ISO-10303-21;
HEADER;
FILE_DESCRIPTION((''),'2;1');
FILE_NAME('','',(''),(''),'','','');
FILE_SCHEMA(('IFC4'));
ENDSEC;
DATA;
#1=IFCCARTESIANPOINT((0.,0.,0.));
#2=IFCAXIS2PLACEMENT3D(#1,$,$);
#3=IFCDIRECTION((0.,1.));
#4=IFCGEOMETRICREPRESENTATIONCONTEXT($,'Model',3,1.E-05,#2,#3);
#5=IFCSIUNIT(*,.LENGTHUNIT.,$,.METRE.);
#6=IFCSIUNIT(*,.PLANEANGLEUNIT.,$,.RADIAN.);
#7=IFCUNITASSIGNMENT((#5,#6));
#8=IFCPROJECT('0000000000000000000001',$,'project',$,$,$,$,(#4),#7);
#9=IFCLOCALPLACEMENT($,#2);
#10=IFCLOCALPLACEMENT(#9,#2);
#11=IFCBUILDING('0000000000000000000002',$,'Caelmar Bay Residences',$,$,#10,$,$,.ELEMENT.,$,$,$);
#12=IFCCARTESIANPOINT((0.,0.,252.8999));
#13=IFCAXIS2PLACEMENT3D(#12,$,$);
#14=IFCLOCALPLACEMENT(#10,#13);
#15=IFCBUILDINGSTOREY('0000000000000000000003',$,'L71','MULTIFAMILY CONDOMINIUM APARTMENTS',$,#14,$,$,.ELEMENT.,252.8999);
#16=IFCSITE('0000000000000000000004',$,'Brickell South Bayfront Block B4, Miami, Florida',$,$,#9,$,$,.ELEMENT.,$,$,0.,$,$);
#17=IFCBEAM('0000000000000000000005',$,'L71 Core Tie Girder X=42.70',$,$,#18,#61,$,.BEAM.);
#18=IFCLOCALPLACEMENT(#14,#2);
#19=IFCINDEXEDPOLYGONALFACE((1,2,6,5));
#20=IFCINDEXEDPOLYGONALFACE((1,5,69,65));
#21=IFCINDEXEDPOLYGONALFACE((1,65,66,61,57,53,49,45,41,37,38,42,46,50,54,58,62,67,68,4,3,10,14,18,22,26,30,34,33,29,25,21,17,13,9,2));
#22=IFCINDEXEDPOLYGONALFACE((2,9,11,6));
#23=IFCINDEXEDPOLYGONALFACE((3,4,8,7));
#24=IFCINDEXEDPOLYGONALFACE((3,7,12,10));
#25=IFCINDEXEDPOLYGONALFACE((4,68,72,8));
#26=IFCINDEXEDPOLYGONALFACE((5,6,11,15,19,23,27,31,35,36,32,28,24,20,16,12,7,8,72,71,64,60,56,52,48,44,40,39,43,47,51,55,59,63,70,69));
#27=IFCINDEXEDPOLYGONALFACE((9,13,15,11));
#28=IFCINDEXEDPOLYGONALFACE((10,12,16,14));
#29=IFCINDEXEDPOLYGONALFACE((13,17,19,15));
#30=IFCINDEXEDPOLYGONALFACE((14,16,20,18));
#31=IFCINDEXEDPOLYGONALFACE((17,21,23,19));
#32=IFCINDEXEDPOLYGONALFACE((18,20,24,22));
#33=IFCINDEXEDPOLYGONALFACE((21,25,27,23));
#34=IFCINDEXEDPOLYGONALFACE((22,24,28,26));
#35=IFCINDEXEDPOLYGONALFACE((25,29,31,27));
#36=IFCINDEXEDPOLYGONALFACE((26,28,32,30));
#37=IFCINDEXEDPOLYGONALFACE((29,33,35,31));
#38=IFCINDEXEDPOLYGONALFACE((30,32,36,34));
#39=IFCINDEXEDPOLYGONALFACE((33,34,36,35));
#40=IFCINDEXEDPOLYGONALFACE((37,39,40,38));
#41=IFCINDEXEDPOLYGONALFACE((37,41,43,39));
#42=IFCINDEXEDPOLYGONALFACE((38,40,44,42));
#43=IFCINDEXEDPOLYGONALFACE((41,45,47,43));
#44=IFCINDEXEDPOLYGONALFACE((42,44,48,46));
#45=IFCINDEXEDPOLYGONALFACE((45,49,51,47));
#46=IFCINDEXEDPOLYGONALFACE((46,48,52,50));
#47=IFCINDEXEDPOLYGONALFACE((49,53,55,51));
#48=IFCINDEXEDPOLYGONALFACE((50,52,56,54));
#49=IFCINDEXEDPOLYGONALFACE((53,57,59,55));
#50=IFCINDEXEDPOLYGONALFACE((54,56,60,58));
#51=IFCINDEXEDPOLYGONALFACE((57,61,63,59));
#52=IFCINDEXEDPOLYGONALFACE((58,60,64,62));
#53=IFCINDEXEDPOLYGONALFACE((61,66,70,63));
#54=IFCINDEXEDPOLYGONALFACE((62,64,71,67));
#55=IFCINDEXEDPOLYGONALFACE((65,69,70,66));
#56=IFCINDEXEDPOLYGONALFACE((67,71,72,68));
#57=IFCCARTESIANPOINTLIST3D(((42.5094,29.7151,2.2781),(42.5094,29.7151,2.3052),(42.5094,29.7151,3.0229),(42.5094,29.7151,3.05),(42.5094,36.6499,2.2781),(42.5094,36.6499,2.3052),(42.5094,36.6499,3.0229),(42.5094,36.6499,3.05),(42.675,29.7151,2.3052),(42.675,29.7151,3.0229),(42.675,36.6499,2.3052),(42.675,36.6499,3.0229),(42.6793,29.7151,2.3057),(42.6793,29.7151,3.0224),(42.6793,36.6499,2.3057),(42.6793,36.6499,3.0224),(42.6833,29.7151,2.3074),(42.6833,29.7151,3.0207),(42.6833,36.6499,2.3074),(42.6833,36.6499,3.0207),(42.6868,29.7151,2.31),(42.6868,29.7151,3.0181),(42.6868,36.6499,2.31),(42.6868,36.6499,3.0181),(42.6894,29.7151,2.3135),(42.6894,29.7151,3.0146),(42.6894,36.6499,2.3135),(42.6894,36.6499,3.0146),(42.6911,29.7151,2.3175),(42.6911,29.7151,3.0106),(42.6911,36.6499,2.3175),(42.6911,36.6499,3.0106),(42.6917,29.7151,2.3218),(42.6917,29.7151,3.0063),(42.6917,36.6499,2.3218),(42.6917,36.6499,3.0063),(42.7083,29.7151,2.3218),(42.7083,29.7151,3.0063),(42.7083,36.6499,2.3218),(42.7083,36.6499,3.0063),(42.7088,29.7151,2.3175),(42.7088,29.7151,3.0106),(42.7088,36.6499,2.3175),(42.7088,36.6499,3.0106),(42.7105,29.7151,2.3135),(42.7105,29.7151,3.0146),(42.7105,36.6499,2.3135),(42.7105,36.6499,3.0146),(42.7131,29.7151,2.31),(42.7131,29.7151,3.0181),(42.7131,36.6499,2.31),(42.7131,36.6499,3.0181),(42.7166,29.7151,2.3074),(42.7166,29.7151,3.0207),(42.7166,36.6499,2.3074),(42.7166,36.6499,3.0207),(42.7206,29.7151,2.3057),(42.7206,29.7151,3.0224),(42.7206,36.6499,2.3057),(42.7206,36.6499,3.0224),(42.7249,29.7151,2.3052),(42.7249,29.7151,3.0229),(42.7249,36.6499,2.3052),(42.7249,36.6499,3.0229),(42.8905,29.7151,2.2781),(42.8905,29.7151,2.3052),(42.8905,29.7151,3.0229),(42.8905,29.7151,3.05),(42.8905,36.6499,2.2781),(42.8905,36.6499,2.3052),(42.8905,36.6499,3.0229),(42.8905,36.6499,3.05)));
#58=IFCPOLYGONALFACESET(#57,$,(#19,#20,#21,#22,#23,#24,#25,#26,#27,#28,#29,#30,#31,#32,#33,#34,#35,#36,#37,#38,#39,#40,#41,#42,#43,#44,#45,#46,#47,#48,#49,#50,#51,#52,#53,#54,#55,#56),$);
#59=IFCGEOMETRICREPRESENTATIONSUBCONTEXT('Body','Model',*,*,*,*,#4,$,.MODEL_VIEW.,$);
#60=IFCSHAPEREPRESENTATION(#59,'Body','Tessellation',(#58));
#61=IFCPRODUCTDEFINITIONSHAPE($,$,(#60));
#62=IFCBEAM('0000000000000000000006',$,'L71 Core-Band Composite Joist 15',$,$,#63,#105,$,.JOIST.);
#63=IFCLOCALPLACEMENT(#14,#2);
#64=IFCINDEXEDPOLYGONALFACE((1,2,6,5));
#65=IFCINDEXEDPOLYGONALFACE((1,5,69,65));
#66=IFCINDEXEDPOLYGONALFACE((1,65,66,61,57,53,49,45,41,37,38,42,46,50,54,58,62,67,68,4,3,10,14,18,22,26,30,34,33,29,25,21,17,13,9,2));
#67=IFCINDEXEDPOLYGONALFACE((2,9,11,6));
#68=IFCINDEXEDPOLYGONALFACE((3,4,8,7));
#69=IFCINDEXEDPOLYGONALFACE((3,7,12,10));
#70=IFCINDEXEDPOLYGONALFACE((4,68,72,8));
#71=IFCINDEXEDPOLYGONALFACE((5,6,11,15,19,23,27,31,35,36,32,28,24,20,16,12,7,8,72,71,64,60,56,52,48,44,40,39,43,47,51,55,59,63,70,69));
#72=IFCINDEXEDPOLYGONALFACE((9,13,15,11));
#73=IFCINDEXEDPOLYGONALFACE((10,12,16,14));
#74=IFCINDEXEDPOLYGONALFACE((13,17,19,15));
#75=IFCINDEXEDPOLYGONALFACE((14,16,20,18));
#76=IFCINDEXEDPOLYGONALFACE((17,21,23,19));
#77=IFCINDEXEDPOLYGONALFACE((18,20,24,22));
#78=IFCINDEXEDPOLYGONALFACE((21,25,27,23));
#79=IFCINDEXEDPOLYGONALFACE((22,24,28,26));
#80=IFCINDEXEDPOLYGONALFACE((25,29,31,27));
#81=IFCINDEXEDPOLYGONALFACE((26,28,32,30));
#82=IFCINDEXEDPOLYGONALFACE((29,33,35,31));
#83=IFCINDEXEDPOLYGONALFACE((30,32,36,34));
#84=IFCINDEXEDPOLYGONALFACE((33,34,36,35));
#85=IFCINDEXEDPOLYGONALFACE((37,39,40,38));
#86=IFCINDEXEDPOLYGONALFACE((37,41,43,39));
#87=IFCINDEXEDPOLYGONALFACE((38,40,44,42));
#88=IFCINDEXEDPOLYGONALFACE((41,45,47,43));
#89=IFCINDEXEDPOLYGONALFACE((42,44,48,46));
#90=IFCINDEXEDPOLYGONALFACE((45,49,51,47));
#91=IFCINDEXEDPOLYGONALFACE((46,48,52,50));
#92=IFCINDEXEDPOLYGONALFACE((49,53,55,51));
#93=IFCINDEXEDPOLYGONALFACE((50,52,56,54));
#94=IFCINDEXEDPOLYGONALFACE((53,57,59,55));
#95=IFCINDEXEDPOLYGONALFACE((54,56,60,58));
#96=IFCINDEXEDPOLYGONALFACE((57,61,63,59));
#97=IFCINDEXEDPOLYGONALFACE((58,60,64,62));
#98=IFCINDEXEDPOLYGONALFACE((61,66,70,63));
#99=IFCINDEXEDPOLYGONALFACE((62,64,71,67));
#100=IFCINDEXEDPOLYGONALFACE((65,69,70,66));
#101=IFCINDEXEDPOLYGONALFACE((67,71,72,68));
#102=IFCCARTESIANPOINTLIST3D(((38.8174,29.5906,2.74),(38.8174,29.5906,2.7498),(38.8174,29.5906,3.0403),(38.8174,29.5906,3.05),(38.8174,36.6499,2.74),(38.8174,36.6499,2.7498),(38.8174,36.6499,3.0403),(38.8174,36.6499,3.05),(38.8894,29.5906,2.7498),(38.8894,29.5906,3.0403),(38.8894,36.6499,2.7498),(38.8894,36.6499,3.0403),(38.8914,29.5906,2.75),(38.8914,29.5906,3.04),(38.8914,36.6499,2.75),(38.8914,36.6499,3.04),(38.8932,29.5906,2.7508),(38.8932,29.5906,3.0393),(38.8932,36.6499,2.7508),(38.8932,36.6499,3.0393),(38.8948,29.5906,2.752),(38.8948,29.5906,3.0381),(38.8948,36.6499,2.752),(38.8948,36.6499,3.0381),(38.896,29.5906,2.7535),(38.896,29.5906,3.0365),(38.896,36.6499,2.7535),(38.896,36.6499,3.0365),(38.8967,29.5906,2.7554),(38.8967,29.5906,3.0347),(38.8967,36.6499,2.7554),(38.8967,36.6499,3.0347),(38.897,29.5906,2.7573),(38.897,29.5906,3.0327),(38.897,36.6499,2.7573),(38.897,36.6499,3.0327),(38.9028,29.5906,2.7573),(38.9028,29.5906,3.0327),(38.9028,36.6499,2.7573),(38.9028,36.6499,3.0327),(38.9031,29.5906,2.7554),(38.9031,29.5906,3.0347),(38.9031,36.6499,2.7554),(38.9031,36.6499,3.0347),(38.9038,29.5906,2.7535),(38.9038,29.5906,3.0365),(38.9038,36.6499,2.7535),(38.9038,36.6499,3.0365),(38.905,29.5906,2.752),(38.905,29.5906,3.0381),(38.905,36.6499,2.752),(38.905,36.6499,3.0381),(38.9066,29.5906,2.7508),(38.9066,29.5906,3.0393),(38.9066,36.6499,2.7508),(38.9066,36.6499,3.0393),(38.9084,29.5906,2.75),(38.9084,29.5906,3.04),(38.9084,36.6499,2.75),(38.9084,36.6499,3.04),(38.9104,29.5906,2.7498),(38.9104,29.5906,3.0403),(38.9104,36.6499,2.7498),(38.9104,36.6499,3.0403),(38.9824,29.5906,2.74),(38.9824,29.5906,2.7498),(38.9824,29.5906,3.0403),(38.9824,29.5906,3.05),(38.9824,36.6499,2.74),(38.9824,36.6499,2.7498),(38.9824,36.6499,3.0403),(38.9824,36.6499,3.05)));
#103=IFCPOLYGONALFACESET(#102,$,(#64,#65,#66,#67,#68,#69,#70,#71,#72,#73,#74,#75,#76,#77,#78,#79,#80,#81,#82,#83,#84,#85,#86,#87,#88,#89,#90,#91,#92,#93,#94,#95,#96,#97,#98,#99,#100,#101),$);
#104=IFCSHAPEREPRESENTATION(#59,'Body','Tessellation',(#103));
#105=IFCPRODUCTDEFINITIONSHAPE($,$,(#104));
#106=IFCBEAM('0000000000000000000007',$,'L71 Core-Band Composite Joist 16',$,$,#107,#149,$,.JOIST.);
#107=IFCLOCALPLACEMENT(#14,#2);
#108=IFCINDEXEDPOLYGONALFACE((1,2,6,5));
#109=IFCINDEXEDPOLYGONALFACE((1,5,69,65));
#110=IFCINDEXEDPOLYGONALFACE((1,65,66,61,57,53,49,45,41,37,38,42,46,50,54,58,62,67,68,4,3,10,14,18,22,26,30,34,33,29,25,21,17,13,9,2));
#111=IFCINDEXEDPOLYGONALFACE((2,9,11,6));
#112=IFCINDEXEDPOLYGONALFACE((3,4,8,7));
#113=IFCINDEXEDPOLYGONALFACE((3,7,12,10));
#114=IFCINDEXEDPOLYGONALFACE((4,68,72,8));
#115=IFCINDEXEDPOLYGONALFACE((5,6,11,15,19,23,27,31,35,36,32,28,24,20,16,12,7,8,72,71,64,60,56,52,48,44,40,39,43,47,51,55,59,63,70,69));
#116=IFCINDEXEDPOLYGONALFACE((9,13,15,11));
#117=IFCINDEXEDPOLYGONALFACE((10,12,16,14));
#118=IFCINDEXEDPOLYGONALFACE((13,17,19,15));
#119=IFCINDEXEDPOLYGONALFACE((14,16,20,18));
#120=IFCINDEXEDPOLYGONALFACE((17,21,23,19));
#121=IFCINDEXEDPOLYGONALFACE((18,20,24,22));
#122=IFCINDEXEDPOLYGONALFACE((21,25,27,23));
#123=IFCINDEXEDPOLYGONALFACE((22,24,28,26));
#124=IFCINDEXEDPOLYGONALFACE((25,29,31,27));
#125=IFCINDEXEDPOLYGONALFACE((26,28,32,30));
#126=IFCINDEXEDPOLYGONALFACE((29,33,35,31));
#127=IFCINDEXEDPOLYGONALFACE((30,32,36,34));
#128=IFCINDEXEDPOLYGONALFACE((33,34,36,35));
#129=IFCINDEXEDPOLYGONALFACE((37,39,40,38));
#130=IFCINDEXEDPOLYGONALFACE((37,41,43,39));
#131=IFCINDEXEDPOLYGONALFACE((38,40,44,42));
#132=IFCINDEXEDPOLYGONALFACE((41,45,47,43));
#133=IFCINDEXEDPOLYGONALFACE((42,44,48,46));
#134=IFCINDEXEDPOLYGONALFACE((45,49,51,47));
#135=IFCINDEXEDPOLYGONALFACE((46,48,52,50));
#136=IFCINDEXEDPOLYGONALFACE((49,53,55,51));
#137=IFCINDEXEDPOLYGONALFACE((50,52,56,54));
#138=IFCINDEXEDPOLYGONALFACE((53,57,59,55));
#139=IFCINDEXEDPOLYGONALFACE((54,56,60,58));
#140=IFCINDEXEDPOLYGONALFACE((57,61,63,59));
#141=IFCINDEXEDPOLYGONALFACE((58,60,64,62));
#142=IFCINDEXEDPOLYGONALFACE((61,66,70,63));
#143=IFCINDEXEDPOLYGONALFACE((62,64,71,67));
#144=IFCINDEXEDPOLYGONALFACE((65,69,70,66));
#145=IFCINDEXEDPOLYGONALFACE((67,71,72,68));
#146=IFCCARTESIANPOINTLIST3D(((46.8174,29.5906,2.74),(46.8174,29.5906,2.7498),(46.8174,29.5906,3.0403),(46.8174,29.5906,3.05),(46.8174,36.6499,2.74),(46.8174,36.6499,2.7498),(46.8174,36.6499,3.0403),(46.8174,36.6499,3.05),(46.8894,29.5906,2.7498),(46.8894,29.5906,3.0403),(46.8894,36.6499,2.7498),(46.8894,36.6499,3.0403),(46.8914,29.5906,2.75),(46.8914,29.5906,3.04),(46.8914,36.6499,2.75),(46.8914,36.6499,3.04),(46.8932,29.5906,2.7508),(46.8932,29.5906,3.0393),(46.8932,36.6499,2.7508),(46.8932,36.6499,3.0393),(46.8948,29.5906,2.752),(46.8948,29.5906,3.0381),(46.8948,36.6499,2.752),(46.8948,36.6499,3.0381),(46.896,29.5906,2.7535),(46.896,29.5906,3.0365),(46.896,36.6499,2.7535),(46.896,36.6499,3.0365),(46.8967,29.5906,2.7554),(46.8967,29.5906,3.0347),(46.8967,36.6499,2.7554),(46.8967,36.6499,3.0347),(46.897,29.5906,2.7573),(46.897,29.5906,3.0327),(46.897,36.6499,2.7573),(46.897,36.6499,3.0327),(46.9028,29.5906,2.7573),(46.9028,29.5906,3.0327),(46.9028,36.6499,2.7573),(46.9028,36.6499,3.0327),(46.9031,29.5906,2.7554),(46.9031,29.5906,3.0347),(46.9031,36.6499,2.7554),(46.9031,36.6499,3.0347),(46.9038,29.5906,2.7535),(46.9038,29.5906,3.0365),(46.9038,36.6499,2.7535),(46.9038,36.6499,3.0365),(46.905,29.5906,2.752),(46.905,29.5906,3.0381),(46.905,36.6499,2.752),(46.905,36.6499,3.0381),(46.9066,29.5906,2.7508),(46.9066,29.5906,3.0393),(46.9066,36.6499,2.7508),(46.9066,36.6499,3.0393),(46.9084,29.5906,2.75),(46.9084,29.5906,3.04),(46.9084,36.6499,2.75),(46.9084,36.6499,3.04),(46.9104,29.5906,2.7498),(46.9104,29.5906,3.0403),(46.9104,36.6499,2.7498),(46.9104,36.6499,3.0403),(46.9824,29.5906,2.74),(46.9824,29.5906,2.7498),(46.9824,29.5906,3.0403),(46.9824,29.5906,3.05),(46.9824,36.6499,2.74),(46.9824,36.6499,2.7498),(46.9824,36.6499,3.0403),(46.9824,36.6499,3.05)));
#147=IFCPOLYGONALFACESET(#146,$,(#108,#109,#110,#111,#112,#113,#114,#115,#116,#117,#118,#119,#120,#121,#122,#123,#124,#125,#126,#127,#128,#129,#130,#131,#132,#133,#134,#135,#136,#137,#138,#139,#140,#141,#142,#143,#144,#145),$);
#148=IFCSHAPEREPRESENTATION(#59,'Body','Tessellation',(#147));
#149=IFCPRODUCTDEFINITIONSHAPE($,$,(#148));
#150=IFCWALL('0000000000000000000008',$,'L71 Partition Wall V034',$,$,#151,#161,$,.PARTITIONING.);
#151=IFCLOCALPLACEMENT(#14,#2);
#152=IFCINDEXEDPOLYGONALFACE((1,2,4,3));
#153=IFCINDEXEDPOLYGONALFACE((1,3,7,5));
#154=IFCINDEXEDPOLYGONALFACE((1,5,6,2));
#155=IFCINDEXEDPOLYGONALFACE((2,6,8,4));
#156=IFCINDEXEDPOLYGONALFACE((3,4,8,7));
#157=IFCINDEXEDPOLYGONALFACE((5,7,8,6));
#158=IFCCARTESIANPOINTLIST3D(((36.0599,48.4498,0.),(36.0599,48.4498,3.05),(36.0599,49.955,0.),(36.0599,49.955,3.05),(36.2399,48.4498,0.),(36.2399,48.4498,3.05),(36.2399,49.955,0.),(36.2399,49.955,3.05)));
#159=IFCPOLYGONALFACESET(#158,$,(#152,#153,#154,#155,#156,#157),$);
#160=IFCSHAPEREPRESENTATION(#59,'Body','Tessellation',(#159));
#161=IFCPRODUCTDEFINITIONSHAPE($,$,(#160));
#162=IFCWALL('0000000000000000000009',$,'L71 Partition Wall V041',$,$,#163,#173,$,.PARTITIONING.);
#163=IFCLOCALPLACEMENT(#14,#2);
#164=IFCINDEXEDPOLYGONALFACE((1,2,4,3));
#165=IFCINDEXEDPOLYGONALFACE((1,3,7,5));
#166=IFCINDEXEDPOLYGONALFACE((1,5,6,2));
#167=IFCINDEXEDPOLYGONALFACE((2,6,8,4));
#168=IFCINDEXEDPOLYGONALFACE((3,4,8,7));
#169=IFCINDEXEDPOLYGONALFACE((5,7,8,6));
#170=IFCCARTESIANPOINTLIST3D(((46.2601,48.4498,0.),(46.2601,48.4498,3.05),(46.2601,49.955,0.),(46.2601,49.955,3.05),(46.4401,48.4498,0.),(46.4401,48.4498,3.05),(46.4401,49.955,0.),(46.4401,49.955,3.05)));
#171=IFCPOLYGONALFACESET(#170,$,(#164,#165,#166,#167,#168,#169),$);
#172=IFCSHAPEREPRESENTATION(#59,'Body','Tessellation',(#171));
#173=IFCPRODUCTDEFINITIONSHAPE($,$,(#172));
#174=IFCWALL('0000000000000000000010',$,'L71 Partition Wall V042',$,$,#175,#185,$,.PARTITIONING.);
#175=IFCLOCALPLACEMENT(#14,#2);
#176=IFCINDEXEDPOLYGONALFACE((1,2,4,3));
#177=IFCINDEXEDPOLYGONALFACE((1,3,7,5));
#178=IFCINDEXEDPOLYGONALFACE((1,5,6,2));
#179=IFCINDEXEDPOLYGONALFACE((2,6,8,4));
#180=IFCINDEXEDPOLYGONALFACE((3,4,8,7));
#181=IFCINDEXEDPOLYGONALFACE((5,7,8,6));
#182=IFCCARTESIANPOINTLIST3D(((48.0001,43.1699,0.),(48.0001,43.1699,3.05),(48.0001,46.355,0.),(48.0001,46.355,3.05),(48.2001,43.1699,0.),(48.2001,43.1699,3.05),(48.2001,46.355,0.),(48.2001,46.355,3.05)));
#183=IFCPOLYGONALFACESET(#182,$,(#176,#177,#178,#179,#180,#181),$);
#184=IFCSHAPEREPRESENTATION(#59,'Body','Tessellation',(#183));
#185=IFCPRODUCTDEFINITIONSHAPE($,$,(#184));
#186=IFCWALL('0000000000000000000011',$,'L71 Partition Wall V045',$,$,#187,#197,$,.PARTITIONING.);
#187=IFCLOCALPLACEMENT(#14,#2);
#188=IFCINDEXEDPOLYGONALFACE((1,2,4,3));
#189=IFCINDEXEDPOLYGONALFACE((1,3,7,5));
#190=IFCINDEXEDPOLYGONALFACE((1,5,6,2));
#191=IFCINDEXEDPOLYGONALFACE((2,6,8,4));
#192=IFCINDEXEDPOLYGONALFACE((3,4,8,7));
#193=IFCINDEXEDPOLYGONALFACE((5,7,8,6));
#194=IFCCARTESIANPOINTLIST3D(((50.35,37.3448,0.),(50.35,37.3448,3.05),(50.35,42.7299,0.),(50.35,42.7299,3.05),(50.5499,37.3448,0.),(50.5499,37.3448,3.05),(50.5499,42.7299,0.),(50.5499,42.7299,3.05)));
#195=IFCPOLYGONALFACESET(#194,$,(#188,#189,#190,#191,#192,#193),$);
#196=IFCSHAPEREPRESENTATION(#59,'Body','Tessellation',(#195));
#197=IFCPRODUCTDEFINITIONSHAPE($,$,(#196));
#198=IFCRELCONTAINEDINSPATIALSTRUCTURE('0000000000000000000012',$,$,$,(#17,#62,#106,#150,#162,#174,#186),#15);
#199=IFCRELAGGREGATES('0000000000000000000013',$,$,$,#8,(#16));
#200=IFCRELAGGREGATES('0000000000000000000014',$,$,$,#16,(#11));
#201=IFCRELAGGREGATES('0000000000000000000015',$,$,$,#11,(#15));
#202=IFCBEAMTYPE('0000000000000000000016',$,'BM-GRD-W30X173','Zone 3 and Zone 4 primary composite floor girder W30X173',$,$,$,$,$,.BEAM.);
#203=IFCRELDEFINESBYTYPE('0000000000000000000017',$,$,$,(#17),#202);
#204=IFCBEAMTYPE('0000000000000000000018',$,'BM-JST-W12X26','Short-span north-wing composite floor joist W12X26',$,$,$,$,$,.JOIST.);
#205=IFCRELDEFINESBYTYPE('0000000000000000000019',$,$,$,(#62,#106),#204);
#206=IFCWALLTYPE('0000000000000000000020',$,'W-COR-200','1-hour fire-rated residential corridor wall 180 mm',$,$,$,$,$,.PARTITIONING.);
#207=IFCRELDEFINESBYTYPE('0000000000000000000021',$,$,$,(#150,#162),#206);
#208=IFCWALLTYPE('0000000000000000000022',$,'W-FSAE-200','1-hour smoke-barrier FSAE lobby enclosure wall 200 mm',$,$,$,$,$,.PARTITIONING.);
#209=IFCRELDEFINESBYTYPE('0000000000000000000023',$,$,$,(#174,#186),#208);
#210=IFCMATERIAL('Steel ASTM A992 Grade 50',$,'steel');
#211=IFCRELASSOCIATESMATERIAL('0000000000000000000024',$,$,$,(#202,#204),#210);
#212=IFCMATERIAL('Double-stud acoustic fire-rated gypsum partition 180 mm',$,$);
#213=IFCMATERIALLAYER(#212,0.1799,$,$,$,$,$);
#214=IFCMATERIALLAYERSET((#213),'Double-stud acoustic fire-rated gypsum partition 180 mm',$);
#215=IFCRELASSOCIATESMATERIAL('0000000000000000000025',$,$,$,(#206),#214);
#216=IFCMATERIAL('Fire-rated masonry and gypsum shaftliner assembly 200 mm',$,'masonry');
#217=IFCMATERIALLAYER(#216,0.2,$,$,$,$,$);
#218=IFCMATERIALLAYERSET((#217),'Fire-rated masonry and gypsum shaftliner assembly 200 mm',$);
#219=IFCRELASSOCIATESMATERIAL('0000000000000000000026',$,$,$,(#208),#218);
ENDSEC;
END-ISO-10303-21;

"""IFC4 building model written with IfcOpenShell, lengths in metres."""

from ifc_helpers import new_model, si_unit, direction, frame, frame_2d, origin, origin_2d, place, context, subcontext, project, spatial, rectangle, i_section, extrude, material, layer, layer_set, material_profile, profile_set, type_object, element, save


model = new_model("IFC4")

# Units and contexts
model_context = context("Model", 3, precision=1e-05, world=origin(), true_north=direction((0.0, 1.0)))
body_context = subcontext(model_context, "Body", "Model", "MODEL_VIEW")
ifc_project = project(units=[si_unit("LENGTHUNIT", "METRE"), si_unit("PLANEANGLEUNIT", "RADIAN")], contexts=[model_context])

# Site, building, storey
site_placement = place(None, origin())
site = spatial("IfcSite", under=ifc_project, at=site_placement, Name="Brickell South Bayfront Block B4, Miami, Florida", CompositionType="ELEMENT", RefElevation=0.0)
building_placement = place(site_placement, origin())
building = spatial("IfcBuilding", under=site, at=building_placement, Name="Caelmar Bay Residences", CompositionType="ELEMENT")
storey_placement = place(building_placement, frame((0.0, 0.0, 252.8999)))
storey = spatial("IfcBuildingStorey", under=building, at=storey_placement, Name="L71", Description="MULTIFAMILY CONDOMINIUM APARTMENTS", CompositionType="ELEMENT", Elevation=252.8999)

# Beams
ifc_material_1 = material(Name="Steel ASTM A992 Grade 50", Category="steel")
ifc_material_profile_1 = material_profile(ifc_material_1, i_section(OverallWidth=0.3811, OverallDepth=0.772, WebThickness=0.0166, FlangeThickness=0.0271, FilletRadius=0.0166, at=origin_2d()), Name="W30X173")
ifc_profile_set_1 = profile_set([ifc_material_profile_1], Name="Steel ASTM A992 Grade 50")
beam_type_1 = type_object("IfcBeamType", Name="BM-GRD-W30X173", Description="Zone 3 and Zone 4 primary composite floor girder W30X173", PredefinedType="BEAM", material=ifc_profile_set_1)
for number, where, z_axis, x_axis, name in (
    (1, (42.7, 29.7151, 2.6641), (0.0, 1.0, 0.0), (-1.0, 0.0, 0.0), "L71 Core Tie Girder X=42.70"),
):
    element("IfcBeam", number, at=place(storey_placement, frame(where, z_axis=z_axis, x_axis=x_axis)), inside=storey, type_object=beam_type_1, Name=name, PredefinedType="BEAM", context=body_context, shape_type="SweptSolid", body=[
        extrude(i_section(OverallWidth=0.3811, OverallDepth=0.772, WebThickness=0.0166, FlangeThickness=0.0271, FilletRadius=0.0166, at=origin_2d()), origin(), (0.0, 0.0, 1.0), 6.9348),
    ])
ifc_material_profile_2 = material_profile(ifc_material_1, i_section(OverallWidth=0.165, OverallDepth=0.3101, WebThickness=0.0059, FlangeThickness=0.0098, FilletRadius=0.0076, at=origin_2d()), Name="W12X26")
ifc_profile_set_2 = profile_set([ifc_material_profile_2], Name="Steel ASTM A992 Grade 50")
beam_type_2 = type_object("IfcBeamType", Name="BM-JST-W12X26", Description="Short-span north-wing composite floor joist W12X26", PredefinedType="JOIST", material=ifc_profile_set_2)
for number, where, z_axis, x_axis, name in (
    (2, (38.8999, 29.5906, 2.895), (0.0, 1.0, 0.0), (-1.0, 0.0, 0.0), "L71 Core-Band Composite Joist 15"),
    (3, (46.8999, 29.5906, 2.895), (0.0, 1.0, 0.0), (-1.0, 0.0, 0.0), "L71 Core-Band Composite Joist 16"),
):
    element("IfcBeam", number, at=place(storey_placement, frame(where, z_axis=z_axis, x_axis=x_axis)), inside=storey, type_object=beam_type_2, Name=name, PredefinedType="JOIST", context=body_context, shape_type="SweptSolid", body=[
        extrude(i_section(OverallWidth=0.165, OverallDepth=0.3101, WebThickness=0.0059, FlangeThickness=0.0098, FilletRadius=0.0076, at=origin_2d()), origin(), (0.0, 0.0, 1.0), 7.0593),
    ])

# Walls
ifc_material_2 = material(Name="Double-stud acoustic fire-rated gypsum partition 180 mm")
ifc_layer_1 = layer(ifc_material_2, 0.1799)
ifc_layer_set_1 = layer_set([ifc_layer_1], Name="Double-stud acoustic fire-rated gypsum partition 180 mm")
wall_type_1 = type_object("IfcWallType", Name="W-COR-200", Description="1-hour fire-rated residential corridor wall 180 mm", PredefinedType="PARTITIONING", material=ifc_layer_set_1)
for number, where, z_axis, x_axis, name in (
    (4, (36.1499, 48.45, 0.0), (0.0, 0.0, 1.0), (0.0, 1.0, 0.0), "L71 Partition Wall V034"),
    (5, (46.3501, 48.45, 0.0), (0.0, 0.0, 1.0), (0.0, 1.0, 0.0), "L71 Partition Wall V041"),
):
    element("IfcWall", number, at=place(storey_placement, frame(where, z_axis=z_axis, x_axis=x_axis)), inside=storey, type_object=wall_type_1, Name=name, PredefinedType="PARTITIONING", context=body_context, shape_type="SweptSolid", body=[
        extrude(rectangle(XDim=1.5051, YDim=0.1799, at=frame_2d((0.7524, 0.0))), origin(), (0.0, 0.0, 1.0), 3.05),
    ])
ifc_material_3 = material(Name="Fire-rated masonry and gypsum shaftliner assembly 200 mm", Category="masonry")
ifc_layer_2 = layer(ifc_material_3, 0.2)
ifc_layer_set_2 = layer_set([ifc_layer_2], Name="Fire-rated masonry and gypsum shaftliner assembly 200 mm")
wall_type_2 = type_object("IfcWallType", Name="W-FSAE-200", Description="1-hour smoke-barrier FSAE lobby enclosure wall 200 mm", PredefinedType="PARTITIONING", material=ifc_layer_set_2)
wall_1_placement = place(storey_placement, frame((48.1001, 43.1699, 0.0), z_axis=(0.0, 0.0, 1.0), x_axis=(0.0, 1.0, 0.0)))
element("IfcWall", 6, at=wall_1_placement, inside=storey, type_object=wall_type_2, Name="L71 Partition Wall V042", PredefinedType="PARTITIONING", context=body_context, shape_type="SweptSolid", body=[
    extrude(rectangle(XDim=3.1851, YDim=0.2, at=frame_2d((1.5925, 0.0))), origin(), (0.0, 0.0, 1.0), 3.05),
])
wall_2_placement = place(storey_placement, frame((50.45, 37.345, 0.0), z_axis=(0.0, 0.0, 1.0), x_axis=(0.0, 1.0, 0.0)))
element("IfcWall", 7, at=wall_2_placement, inside=storey, type_object=wall_type_2, Name="L71 Partition Wall V045", PredefinedType="PARTITIONING", context=body_context, shape_type="SweptSolid", body=[
    extrude(rectangle(XDim=5.385, YDim=0.2, at=frame_2d((2.6924, 0.0))), origin(), (0.0, 0.0, 1.0), 3.05),
])

save(model, "model.ifc")
